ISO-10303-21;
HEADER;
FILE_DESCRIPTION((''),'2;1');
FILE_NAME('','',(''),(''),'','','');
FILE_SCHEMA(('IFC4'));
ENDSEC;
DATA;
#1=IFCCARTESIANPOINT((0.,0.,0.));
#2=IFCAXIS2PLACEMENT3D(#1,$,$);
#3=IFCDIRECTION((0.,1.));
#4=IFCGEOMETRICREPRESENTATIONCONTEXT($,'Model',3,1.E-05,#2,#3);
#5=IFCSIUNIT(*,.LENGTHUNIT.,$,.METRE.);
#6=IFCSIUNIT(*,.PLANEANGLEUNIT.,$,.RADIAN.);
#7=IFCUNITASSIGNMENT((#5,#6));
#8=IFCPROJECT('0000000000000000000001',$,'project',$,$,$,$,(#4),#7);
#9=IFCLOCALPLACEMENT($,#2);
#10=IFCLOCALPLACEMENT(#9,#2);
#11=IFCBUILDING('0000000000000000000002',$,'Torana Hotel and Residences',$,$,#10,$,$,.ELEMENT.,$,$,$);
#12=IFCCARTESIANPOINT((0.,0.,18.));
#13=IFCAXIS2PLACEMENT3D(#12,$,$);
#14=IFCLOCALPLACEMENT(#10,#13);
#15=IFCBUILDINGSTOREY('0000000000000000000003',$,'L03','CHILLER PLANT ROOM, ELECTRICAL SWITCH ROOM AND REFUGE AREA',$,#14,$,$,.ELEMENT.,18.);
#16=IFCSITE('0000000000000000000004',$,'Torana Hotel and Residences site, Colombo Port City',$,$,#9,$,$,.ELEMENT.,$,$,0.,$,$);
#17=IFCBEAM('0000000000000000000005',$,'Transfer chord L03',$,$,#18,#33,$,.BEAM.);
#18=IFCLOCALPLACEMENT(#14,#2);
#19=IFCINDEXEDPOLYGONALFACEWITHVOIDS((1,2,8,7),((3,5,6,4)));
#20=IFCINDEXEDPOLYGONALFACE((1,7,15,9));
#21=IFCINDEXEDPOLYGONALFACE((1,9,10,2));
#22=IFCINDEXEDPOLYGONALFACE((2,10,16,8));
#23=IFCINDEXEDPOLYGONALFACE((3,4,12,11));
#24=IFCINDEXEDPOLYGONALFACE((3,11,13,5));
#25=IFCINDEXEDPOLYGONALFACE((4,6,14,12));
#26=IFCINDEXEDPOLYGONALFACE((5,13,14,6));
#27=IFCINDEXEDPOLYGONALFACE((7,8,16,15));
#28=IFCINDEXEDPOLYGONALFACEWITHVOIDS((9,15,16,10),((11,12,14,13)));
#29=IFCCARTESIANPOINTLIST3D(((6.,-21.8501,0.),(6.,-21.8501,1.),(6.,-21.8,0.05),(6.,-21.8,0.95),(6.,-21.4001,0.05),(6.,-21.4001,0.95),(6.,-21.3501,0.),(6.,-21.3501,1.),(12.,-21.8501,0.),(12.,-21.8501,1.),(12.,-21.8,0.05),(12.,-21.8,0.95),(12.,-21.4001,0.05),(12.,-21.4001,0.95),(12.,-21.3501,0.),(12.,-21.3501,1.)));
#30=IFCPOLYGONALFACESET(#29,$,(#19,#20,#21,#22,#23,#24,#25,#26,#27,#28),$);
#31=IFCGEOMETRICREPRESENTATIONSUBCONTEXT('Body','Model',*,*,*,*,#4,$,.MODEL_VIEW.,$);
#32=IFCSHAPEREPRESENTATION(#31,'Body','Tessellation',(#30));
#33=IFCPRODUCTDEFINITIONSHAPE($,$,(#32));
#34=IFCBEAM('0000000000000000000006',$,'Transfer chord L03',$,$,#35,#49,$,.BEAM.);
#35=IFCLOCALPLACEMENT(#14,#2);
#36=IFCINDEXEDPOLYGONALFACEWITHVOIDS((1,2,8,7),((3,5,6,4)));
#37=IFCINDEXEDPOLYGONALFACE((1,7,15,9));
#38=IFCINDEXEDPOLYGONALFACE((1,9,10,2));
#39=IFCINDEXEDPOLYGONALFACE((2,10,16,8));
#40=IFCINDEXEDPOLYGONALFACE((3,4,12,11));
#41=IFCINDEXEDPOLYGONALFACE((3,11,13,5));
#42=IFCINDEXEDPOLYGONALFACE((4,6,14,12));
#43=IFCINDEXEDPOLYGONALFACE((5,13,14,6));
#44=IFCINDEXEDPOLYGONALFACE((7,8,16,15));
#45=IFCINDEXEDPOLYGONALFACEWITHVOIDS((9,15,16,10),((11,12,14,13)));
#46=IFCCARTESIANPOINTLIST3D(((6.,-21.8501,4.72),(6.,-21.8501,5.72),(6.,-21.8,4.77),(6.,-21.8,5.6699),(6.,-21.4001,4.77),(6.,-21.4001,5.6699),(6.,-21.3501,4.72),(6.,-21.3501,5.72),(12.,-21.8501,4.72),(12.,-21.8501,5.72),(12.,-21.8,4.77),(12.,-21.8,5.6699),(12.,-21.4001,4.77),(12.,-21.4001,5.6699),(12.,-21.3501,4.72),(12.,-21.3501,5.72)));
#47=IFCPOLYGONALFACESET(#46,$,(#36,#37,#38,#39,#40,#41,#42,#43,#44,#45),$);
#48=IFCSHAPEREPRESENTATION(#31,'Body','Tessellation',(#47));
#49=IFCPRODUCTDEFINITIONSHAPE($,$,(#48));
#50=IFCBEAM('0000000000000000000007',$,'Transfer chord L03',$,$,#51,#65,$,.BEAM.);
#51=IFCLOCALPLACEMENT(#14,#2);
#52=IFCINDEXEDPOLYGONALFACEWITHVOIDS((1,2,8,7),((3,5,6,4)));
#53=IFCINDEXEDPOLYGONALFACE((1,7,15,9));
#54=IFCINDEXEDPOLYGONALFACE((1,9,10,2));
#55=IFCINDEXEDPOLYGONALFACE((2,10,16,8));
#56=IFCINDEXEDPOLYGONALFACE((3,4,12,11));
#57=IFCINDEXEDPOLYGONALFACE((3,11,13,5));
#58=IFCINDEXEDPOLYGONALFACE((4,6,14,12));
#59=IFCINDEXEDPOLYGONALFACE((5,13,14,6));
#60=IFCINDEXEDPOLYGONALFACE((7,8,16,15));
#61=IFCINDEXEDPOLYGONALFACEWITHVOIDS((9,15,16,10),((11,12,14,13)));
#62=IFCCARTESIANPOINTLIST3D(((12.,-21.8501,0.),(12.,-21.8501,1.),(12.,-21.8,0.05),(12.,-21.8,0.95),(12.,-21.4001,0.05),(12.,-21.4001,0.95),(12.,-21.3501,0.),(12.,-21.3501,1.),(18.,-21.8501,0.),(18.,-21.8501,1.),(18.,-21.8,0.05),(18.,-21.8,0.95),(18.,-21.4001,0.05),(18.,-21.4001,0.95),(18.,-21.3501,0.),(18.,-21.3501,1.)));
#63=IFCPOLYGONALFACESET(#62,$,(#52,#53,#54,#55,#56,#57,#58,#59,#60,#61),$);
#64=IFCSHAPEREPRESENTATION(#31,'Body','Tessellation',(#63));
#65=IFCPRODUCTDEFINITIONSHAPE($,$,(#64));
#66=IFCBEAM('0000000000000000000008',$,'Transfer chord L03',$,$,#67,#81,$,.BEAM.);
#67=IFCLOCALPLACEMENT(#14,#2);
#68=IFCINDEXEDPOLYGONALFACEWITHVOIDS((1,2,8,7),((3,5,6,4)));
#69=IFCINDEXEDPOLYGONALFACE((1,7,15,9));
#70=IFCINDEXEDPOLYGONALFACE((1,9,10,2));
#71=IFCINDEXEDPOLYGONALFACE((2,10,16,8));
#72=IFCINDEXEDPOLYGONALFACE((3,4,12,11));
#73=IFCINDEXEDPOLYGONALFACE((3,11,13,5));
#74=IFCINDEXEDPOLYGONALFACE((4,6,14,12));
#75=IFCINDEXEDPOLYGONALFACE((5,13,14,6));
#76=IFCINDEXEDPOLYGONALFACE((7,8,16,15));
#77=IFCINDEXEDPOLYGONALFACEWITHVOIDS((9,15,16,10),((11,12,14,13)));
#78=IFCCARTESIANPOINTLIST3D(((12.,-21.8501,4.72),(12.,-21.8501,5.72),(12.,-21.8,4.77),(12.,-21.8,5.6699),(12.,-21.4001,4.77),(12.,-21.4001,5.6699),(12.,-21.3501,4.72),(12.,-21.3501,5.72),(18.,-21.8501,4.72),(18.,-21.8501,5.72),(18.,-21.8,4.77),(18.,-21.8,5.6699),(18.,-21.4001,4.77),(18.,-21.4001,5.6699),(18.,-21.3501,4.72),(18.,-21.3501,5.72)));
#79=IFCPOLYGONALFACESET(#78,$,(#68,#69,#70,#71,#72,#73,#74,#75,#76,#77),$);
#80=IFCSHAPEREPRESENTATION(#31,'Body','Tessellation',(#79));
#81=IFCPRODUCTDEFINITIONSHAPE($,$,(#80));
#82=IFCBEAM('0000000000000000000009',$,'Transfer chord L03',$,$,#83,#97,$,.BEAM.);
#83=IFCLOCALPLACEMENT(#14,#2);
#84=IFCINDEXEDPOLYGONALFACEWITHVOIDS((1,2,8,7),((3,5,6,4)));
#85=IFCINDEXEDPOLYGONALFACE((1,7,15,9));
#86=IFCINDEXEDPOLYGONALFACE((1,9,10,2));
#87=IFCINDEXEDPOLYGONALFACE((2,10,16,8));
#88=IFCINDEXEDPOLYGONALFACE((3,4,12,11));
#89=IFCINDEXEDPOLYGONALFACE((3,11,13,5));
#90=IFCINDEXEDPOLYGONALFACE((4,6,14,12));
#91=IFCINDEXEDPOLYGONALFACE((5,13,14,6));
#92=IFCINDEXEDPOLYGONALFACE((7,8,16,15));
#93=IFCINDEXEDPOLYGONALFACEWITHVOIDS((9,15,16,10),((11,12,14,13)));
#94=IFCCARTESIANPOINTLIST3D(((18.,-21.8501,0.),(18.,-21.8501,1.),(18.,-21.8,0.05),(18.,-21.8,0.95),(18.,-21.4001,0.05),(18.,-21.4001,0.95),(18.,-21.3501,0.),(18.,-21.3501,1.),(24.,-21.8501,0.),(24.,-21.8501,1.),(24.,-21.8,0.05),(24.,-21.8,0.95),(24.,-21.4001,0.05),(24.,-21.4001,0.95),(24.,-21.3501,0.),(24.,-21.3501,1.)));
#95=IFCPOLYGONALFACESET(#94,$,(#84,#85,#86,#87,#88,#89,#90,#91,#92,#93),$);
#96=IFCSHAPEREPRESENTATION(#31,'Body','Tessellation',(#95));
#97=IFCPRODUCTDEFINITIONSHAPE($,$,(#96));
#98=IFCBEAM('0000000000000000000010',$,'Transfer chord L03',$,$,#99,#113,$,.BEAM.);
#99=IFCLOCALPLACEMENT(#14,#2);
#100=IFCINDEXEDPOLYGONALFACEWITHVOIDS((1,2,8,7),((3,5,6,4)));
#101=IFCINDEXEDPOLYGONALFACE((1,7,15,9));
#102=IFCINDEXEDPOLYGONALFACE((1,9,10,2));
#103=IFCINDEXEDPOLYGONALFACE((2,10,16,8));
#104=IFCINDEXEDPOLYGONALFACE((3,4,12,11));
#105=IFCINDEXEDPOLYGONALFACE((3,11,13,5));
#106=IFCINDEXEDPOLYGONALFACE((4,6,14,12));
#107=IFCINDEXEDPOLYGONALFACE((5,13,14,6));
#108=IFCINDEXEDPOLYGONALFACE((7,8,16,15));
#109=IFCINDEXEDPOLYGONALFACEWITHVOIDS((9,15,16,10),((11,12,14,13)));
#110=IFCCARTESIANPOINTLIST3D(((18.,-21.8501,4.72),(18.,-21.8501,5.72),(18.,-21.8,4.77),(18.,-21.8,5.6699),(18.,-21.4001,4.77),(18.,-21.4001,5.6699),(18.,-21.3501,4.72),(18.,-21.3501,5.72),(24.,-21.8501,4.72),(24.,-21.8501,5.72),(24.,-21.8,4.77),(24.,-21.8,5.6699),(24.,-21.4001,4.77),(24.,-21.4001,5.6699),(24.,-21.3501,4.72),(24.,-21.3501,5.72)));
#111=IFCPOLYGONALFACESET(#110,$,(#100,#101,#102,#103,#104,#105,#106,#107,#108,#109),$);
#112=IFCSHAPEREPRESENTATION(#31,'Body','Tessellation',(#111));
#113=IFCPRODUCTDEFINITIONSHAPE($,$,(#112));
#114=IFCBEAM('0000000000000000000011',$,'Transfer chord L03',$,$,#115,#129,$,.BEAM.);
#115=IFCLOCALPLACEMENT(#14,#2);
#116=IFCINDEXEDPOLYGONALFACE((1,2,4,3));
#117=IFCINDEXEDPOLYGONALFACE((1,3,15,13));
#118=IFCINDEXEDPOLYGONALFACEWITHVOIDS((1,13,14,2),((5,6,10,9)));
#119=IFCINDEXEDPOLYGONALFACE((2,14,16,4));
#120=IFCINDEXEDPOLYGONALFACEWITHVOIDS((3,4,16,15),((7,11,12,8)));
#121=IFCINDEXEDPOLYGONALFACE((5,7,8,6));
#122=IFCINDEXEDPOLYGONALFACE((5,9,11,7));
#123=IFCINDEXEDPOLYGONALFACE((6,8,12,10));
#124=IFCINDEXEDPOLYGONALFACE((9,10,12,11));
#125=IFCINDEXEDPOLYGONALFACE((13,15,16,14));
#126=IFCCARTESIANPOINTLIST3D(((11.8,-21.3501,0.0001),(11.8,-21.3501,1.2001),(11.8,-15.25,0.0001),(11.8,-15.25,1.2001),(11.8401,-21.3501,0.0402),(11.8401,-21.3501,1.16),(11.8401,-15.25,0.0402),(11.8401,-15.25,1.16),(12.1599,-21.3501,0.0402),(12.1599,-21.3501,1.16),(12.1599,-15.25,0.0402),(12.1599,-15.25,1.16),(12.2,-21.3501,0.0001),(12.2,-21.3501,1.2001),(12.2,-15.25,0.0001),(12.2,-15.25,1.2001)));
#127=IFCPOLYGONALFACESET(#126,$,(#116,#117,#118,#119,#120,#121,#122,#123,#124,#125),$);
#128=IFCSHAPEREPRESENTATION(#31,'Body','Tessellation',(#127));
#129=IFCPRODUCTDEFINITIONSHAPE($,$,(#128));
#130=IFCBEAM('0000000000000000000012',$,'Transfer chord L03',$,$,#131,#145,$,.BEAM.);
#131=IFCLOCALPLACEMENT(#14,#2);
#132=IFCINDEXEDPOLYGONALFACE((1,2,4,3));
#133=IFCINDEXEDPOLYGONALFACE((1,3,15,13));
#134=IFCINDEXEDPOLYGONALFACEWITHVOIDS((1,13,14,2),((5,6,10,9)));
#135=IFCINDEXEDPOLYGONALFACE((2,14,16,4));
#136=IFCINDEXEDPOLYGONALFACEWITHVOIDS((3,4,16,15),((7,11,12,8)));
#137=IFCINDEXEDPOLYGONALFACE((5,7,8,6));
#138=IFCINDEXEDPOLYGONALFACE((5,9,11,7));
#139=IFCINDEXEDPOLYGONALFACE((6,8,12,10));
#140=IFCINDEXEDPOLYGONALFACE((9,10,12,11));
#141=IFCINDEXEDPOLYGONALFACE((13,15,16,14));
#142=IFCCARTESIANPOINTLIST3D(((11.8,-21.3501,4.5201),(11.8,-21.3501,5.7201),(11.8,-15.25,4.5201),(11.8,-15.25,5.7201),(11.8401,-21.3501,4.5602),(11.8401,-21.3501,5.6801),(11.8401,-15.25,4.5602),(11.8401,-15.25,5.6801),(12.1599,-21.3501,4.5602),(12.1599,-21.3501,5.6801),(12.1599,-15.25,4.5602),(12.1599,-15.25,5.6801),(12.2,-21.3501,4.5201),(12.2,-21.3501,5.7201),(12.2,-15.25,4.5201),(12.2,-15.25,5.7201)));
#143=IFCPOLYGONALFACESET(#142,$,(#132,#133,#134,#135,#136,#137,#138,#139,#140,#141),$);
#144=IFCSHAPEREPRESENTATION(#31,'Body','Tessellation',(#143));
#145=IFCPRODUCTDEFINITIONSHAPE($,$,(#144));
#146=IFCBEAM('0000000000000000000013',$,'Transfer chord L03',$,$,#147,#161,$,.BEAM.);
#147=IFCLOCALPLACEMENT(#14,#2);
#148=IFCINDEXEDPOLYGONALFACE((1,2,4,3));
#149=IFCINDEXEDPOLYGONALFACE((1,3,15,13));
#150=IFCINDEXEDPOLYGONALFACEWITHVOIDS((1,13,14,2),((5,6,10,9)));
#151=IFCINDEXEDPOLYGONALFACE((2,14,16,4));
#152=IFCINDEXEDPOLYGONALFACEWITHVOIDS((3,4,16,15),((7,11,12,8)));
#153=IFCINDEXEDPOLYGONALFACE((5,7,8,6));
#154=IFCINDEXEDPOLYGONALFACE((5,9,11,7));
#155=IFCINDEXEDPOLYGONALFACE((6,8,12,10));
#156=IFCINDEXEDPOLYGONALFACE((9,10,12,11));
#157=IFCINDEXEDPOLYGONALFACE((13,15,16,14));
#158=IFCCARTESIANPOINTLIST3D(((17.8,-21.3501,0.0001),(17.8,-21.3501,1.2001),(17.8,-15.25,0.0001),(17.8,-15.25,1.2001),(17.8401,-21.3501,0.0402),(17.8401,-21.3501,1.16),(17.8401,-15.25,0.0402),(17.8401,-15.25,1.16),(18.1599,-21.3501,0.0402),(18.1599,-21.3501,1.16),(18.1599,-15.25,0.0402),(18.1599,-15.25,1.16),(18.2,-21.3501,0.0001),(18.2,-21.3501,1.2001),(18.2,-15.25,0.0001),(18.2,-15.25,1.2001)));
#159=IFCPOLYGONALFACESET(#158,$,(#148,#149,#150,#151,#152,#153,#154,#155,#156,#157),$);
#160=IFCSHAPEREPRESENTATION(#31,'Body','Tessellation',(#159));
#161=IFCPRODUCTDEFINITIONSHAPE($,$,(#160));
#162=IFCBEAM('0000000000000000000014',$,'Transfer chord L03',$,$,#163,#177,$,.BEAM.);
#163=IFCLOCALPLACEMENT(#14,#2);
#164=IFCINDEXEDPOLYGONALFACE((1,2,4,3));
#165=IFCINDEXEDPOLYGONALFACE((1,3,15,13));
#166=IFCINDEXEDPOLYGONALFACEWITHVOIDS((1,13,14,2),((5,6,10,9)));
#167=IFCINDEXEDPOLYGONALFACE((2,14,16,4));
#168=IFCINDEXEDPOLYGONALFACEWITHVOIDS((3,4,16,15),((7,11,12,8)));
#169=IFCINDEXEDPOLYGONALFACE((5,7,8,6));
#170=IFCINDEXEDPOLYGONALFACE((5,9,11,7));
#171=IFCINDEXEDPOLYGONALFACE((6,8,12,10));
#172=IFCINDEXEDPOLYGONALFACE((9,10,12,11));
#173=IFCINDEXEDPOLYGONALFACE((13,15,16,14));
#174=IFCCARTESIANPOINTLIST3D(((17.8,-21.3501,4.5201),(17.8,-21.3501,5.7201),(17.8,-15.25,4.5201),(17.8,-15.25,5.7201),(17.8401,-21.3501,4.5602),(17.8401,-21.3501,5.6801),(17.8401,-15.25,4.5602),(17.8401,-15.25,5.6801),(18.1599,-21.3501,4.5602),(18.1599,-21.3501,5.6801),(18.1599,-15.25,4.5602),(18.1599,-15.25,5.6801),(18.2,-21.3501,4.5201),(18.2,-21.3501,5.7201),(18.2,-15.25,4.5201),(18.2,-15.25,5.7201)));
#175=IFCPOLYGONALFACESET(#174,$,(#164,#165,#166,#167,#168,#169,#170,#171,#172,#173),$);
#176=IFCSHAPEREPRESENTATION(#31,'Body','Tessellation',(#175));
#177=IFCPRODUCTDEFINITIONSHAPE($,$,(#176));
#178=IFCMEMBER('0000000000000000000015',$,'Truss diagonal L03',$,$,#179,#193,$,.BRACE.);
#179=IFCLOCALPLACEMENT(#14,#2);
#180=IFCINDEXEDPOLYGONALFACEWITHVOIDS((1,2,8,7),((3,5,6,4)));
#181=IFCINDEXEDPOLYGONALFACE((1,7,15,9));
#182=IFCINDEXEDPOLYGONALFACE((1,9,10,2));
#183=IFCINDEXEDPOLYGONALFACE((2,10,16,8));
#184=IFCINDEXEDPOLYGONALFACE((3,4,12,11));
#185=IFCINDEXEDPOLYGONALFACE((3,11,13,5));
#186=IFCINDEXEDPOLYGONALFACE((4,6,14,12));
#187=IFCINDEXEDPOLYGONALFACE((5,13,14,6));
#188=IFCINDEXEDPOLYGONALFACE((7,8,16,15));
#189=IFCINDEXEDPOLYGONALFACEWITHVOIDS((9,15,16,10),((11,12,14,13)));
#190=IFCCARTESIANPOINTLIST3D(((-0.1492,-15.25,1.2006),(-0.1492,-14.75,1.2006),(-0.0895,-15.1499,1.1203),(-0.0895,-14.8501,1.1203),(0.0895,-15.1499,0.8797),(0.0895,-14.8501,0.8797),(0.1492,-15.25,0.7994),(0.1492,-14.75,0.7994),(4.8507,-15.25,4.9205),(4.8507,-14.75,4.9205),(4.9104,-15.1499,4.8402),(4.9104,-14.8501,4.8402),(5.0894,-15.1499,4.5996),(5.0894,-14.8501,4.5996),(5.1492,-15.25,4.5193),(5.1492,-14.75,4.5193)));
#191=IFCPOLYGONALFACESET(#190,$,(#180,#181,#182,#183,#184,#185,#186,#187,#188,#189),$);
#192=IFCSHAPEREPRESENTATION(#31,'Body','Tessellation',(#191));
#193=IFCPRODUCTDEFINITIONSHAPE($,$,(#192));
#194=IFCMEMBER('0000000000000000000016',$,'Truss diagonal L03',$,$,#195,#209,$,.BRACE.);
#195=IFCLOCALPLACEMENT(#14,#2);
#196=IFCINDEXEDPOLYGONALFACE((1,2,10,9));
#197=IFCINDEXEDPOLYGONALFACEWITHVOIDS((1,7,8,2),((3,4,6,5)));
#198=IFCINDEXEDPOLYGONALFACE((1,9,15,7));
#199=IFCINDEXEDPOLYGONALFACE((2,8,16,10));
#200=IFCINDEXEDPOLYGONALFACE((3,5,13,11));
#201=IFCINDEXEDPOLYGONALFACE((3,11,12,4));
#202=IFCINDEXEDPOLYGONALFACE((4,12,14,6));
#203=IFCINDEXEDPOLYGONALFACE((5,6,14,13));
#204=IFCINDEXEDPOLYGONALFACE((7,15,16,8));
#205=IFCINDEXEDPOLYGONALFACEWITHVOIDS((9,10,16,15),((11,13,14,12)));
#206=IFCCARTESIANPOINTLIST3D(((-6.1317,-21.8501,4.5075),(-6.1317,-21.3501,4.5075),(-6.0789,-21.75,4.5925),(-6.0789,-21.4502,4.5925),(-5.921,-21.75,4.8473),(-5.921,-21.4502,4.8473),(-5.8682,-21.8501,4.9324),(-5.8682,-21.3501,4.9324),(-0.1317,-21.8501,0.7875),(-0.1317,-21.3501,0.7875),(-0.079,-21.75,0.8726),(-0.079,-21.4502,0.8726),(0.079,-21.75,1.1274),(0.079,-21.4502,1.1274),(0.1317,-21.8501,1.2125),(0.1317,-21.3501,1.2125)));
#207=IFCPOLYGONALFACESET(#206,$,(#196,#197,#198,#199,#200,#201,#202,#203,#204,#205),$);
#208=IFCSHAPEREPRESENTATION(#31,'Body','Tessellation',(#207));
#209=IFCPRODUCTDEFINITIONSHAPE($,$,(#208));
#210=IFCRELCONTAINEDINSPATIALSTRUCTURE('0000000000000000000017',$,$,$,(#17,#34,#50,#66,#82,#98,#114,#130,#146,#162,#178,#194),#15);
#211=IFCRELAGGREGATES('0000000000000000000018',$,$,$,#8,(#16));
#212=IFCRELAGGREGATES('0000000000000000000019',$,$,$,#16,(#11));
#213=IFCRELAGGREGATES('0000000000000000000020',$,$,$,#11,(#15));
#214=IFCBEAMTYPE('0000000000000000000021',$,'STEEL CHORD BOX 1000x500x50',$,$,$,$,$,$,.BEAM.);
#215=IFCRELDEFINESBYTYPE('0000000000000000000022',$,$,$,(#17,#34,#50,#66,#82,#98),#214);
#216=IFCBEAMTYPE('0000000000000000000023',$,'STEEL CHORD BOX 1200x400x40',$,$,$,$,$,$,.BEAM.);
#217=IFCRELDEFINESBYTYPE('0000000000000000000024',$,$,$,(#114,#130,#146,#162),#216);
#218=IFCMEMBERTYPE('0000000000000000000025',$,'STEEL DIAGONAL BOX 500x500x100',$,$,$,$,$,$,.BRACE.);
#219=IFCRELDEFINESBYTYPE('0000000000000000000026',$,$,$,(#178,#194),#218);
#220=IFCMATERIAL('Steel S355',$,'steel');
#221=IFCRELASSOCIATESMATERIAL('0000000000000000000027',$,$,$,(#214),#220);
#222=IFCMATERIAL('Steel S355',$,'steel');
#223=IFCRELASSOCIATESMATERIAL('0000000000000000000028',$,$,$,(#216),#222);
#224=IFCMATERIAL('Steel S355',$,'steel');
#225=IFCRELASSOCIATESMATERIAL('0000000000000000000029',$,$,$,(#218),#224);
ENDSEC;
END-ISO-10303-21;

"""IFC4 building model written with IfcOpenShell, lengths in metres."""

from ifc_helpers import new_model, si_unit, direction, frame, origin, origin_2d, place, context, subcontext, project, spatial, hollow_rectangle, extrude, material, material_profile, profile_set, type_object, element, save


model = new_model("IFC4")

# Units and contexts
model_context = context("Model", 3, precision=1e-05, world=origin(), true_north=direction((0.0, 1.0)))
body_context = subcontext(model_context, "Body", "Model", "MODEL_VIEW")
ifc_project = project(units=[si_unit("LENGTHUNIT", "METRE"), si_unit("PLANEANGLEUNIT", "RADIAN")], contexts=[model_context])

# Site, building, storey
site_placement = place(None, origin())
site = spatial("IfcSite", under=ifc_project, at=site_placement, Name="Torana Hotel and Residences site, Colombo Port City", CompositionType="ELEMENT", RefElevation=0.0)
building_placement = place(site_placement, origin())
building = spatial("IfcBuilding", under=site, at=building_placement, Name="Torana Hotel and Residences", CompositionType="ELEMENT")
storey_placement = place(building_placement, frame((0.0, 0.0, 18.0)))
storey = spatial("IfcBuildingStorey", under=building, at=storey_placement, Name="L03", Description="CHILLER PLANT ROOM, ELECTRICAL SWITCH ROOM AND REFUGE AREA", CompositionType="ELEMENT", Elevation=18.0)

# Beams
ifc_material_1 = material(Name="Steel S355", Category="steel")
ifc_material_profile_1 = material_profile(ifc_material_1, hollow_rectangle(XDim=0.5, YDim=1.0, WallThickness=0.05, at=origin_2d()), Name="BOX 1000x500x50")
ifc_profile_set_1 = profile_set([ifc_material_profile_1], Name="Steel S355")
beam_type_1 = type_object("IfcBeamType", Name="STEEL CHORD BOX 1000x500x50", PredefinedType="BEAM", material=ifc_profile_set_1)
for number, where, z_axis, x_axis, name in (
    (1, (6.0, -21.6001, 0.5), (1.0, 0.0, 0.0), (0.0, 1.0, 0.0), "Transfer chord L03"),
    (2, (6.0, -21.6001, 5.22), (1.0, 0.0, 0.0), (0.0, 1.0, 0.0), "Transfer chord L03"),
    (3, (12.0, -21.6001, 0.5), (1.0, 0.0, 0.0), (0.0, 1.0, 0.0), "Transfer chord L03"),
    (4, (12.0, -21.6001, 5.22), (1.0, 0.0, 0.0), (0.0, 1.0, 0.0), "Transfer chord L03"),
    (5, (18.0, -21.6001, 0.5), (1.0, 0.0, 0.0), (0.0, 1.0, 0.0), "Transfer chord L03"),
    (6, (18.0, -21.6001, 5.22), (1.0, 0.0, 0.0), (0.0, 1.0, 0.0), "Transfer chord L03"),
):
    element("IfcBeam", number, at=place(storey_placement, frame(where, z_axis=z_axis, x_axis=x_axis)), inside=storey, type_object=beam_type_1, Name=name, PredefinedType="BEAM", context=body_context, shape_type="SweptSolid", body=[
        extrude(hollow_rectangle(XDim=0.5, YDim=1.0, WallThickness=0.05, at=origin_2d()), origin(), (0.0, 0.0, 1.0), 6.0),
    ])
ifc_material_2 = material(Name="Steel S355", Category="steel")
ifc_material_profile_2 = material_profile(ifc_material_2, hollow_rectangle(XDim=0.3999, YDim=1.2, WallThickness=0.04, at=origin_2d()), Name="BOX 1200x400x40")
ifc_profile_set_2 = profile_set([ifc_material_profile_2], Name="Steel S355")
beam_type_2 = type_object("IfcBeamType", Name="STEEL CHORD BOX 1200x400x40", PredefinedType="BEAM", material=ifc_profile_set_2)
for number, where, z_axis, x_axis, name in (
    (7, (12.0, -21.3501, 0.6001), (0.0, 1.0, 0.0), (-1.0, 0.0, 0.0), "Transfer chord L03"),
    (8, (12.0, -21.3501, 5.1201), (0.0, 1.0, 0.0), (-1.0, 0.0, 0.0), "Transfer chord L03"),
    (9, (18.0, -21.3501, 0.6001), (0.0, 1.0, 0.0), (-1.0, 0.0, 0.0), "Transfer chord L03"),
    (10, (18.0, -21.3501, 5.1201), (0.0, 1.0, 0.0), (-1.0, 0.0, 0.0), "Transfer chord L03"),
):
    element("IfcBeam", number, at=place(storey_placement, frame(where, z_axis=z_axis, x_axis=x_axis)), inside=storey, type_object=beam_type_2, Name=name, PredefinedType="BEAM", context=body_context, shape_type="SweptSolid", body=[
        extrude(hollow_rectangle(XDim=0.3999, YDim=1.2, WallThickness=0.04, at=origin_2d()), origin(), (0.0, 0.0, 1.0), 6.1001),
    ])

# Members
ifc_material_3 = material(Name="Steel S355", Category="steel")
ifc_material_profile_3 = material_profile(ifc_material_3, hollow_rectangle(XDim=0.5, YDim=0.5, WallThickness=0.1001, at=origin_2d()), Name="BOX 500x500x100")
ifc_profile_set_3 = profile_set([ifc_material_profile_3], Name="Steel S355")
member_type_1 = type_object("IfcMemberType", Name="STEEL DIAGONAL BOX 500x500x100", PredefinedType="BRACE", material=ifc_profile_set_3)
member_placement = place(storey_placement, frame((0.0, -15.0, 1.0), z_axis=(0.802307, 0.0, 0.596912), x_axis=(0.0, 1.0, 0.0)))
element("IfcMember", 11, at=member_placement, inside=storey, type_object=member_type_1, Name="Truss diagonal L03", PredefinedType="BRACE", context=body_context, shape_type="SweptSolid", body=[
    extrude(hollow_rectangle(XDim=0.5, YDim=0.5, WallThickness=0.1001, at=origin_2d()), origin(), (0.0, 0.0, 1.0), 6.2319),
])
for number, where, z_axis, x_axis, name in (
    (12, (0.0, -21.6001, 1.0), (-0.849905, 0.0, 0.526937), (0.0, -1.0, 0.0), "Truss diagonal L03"),
):
    element("IfcMember", number, at=place(storey_placement, frame(where, z_axis=z_axis, x_axis=x_axis)), inside=storey, type_object=member_type_1, Name=name, PredefinedType="BRACE", context=body_context, shape_type="SweptSolid", body=[
        extrude(hollow_rectangle(XDim=0.5, YDim=0.5, WallThickness=0.1001, at=origin_2d()), origin(), (0.0, 0.0, 1.0), 7.0596),
    ])

save(model, "model.ifc")
